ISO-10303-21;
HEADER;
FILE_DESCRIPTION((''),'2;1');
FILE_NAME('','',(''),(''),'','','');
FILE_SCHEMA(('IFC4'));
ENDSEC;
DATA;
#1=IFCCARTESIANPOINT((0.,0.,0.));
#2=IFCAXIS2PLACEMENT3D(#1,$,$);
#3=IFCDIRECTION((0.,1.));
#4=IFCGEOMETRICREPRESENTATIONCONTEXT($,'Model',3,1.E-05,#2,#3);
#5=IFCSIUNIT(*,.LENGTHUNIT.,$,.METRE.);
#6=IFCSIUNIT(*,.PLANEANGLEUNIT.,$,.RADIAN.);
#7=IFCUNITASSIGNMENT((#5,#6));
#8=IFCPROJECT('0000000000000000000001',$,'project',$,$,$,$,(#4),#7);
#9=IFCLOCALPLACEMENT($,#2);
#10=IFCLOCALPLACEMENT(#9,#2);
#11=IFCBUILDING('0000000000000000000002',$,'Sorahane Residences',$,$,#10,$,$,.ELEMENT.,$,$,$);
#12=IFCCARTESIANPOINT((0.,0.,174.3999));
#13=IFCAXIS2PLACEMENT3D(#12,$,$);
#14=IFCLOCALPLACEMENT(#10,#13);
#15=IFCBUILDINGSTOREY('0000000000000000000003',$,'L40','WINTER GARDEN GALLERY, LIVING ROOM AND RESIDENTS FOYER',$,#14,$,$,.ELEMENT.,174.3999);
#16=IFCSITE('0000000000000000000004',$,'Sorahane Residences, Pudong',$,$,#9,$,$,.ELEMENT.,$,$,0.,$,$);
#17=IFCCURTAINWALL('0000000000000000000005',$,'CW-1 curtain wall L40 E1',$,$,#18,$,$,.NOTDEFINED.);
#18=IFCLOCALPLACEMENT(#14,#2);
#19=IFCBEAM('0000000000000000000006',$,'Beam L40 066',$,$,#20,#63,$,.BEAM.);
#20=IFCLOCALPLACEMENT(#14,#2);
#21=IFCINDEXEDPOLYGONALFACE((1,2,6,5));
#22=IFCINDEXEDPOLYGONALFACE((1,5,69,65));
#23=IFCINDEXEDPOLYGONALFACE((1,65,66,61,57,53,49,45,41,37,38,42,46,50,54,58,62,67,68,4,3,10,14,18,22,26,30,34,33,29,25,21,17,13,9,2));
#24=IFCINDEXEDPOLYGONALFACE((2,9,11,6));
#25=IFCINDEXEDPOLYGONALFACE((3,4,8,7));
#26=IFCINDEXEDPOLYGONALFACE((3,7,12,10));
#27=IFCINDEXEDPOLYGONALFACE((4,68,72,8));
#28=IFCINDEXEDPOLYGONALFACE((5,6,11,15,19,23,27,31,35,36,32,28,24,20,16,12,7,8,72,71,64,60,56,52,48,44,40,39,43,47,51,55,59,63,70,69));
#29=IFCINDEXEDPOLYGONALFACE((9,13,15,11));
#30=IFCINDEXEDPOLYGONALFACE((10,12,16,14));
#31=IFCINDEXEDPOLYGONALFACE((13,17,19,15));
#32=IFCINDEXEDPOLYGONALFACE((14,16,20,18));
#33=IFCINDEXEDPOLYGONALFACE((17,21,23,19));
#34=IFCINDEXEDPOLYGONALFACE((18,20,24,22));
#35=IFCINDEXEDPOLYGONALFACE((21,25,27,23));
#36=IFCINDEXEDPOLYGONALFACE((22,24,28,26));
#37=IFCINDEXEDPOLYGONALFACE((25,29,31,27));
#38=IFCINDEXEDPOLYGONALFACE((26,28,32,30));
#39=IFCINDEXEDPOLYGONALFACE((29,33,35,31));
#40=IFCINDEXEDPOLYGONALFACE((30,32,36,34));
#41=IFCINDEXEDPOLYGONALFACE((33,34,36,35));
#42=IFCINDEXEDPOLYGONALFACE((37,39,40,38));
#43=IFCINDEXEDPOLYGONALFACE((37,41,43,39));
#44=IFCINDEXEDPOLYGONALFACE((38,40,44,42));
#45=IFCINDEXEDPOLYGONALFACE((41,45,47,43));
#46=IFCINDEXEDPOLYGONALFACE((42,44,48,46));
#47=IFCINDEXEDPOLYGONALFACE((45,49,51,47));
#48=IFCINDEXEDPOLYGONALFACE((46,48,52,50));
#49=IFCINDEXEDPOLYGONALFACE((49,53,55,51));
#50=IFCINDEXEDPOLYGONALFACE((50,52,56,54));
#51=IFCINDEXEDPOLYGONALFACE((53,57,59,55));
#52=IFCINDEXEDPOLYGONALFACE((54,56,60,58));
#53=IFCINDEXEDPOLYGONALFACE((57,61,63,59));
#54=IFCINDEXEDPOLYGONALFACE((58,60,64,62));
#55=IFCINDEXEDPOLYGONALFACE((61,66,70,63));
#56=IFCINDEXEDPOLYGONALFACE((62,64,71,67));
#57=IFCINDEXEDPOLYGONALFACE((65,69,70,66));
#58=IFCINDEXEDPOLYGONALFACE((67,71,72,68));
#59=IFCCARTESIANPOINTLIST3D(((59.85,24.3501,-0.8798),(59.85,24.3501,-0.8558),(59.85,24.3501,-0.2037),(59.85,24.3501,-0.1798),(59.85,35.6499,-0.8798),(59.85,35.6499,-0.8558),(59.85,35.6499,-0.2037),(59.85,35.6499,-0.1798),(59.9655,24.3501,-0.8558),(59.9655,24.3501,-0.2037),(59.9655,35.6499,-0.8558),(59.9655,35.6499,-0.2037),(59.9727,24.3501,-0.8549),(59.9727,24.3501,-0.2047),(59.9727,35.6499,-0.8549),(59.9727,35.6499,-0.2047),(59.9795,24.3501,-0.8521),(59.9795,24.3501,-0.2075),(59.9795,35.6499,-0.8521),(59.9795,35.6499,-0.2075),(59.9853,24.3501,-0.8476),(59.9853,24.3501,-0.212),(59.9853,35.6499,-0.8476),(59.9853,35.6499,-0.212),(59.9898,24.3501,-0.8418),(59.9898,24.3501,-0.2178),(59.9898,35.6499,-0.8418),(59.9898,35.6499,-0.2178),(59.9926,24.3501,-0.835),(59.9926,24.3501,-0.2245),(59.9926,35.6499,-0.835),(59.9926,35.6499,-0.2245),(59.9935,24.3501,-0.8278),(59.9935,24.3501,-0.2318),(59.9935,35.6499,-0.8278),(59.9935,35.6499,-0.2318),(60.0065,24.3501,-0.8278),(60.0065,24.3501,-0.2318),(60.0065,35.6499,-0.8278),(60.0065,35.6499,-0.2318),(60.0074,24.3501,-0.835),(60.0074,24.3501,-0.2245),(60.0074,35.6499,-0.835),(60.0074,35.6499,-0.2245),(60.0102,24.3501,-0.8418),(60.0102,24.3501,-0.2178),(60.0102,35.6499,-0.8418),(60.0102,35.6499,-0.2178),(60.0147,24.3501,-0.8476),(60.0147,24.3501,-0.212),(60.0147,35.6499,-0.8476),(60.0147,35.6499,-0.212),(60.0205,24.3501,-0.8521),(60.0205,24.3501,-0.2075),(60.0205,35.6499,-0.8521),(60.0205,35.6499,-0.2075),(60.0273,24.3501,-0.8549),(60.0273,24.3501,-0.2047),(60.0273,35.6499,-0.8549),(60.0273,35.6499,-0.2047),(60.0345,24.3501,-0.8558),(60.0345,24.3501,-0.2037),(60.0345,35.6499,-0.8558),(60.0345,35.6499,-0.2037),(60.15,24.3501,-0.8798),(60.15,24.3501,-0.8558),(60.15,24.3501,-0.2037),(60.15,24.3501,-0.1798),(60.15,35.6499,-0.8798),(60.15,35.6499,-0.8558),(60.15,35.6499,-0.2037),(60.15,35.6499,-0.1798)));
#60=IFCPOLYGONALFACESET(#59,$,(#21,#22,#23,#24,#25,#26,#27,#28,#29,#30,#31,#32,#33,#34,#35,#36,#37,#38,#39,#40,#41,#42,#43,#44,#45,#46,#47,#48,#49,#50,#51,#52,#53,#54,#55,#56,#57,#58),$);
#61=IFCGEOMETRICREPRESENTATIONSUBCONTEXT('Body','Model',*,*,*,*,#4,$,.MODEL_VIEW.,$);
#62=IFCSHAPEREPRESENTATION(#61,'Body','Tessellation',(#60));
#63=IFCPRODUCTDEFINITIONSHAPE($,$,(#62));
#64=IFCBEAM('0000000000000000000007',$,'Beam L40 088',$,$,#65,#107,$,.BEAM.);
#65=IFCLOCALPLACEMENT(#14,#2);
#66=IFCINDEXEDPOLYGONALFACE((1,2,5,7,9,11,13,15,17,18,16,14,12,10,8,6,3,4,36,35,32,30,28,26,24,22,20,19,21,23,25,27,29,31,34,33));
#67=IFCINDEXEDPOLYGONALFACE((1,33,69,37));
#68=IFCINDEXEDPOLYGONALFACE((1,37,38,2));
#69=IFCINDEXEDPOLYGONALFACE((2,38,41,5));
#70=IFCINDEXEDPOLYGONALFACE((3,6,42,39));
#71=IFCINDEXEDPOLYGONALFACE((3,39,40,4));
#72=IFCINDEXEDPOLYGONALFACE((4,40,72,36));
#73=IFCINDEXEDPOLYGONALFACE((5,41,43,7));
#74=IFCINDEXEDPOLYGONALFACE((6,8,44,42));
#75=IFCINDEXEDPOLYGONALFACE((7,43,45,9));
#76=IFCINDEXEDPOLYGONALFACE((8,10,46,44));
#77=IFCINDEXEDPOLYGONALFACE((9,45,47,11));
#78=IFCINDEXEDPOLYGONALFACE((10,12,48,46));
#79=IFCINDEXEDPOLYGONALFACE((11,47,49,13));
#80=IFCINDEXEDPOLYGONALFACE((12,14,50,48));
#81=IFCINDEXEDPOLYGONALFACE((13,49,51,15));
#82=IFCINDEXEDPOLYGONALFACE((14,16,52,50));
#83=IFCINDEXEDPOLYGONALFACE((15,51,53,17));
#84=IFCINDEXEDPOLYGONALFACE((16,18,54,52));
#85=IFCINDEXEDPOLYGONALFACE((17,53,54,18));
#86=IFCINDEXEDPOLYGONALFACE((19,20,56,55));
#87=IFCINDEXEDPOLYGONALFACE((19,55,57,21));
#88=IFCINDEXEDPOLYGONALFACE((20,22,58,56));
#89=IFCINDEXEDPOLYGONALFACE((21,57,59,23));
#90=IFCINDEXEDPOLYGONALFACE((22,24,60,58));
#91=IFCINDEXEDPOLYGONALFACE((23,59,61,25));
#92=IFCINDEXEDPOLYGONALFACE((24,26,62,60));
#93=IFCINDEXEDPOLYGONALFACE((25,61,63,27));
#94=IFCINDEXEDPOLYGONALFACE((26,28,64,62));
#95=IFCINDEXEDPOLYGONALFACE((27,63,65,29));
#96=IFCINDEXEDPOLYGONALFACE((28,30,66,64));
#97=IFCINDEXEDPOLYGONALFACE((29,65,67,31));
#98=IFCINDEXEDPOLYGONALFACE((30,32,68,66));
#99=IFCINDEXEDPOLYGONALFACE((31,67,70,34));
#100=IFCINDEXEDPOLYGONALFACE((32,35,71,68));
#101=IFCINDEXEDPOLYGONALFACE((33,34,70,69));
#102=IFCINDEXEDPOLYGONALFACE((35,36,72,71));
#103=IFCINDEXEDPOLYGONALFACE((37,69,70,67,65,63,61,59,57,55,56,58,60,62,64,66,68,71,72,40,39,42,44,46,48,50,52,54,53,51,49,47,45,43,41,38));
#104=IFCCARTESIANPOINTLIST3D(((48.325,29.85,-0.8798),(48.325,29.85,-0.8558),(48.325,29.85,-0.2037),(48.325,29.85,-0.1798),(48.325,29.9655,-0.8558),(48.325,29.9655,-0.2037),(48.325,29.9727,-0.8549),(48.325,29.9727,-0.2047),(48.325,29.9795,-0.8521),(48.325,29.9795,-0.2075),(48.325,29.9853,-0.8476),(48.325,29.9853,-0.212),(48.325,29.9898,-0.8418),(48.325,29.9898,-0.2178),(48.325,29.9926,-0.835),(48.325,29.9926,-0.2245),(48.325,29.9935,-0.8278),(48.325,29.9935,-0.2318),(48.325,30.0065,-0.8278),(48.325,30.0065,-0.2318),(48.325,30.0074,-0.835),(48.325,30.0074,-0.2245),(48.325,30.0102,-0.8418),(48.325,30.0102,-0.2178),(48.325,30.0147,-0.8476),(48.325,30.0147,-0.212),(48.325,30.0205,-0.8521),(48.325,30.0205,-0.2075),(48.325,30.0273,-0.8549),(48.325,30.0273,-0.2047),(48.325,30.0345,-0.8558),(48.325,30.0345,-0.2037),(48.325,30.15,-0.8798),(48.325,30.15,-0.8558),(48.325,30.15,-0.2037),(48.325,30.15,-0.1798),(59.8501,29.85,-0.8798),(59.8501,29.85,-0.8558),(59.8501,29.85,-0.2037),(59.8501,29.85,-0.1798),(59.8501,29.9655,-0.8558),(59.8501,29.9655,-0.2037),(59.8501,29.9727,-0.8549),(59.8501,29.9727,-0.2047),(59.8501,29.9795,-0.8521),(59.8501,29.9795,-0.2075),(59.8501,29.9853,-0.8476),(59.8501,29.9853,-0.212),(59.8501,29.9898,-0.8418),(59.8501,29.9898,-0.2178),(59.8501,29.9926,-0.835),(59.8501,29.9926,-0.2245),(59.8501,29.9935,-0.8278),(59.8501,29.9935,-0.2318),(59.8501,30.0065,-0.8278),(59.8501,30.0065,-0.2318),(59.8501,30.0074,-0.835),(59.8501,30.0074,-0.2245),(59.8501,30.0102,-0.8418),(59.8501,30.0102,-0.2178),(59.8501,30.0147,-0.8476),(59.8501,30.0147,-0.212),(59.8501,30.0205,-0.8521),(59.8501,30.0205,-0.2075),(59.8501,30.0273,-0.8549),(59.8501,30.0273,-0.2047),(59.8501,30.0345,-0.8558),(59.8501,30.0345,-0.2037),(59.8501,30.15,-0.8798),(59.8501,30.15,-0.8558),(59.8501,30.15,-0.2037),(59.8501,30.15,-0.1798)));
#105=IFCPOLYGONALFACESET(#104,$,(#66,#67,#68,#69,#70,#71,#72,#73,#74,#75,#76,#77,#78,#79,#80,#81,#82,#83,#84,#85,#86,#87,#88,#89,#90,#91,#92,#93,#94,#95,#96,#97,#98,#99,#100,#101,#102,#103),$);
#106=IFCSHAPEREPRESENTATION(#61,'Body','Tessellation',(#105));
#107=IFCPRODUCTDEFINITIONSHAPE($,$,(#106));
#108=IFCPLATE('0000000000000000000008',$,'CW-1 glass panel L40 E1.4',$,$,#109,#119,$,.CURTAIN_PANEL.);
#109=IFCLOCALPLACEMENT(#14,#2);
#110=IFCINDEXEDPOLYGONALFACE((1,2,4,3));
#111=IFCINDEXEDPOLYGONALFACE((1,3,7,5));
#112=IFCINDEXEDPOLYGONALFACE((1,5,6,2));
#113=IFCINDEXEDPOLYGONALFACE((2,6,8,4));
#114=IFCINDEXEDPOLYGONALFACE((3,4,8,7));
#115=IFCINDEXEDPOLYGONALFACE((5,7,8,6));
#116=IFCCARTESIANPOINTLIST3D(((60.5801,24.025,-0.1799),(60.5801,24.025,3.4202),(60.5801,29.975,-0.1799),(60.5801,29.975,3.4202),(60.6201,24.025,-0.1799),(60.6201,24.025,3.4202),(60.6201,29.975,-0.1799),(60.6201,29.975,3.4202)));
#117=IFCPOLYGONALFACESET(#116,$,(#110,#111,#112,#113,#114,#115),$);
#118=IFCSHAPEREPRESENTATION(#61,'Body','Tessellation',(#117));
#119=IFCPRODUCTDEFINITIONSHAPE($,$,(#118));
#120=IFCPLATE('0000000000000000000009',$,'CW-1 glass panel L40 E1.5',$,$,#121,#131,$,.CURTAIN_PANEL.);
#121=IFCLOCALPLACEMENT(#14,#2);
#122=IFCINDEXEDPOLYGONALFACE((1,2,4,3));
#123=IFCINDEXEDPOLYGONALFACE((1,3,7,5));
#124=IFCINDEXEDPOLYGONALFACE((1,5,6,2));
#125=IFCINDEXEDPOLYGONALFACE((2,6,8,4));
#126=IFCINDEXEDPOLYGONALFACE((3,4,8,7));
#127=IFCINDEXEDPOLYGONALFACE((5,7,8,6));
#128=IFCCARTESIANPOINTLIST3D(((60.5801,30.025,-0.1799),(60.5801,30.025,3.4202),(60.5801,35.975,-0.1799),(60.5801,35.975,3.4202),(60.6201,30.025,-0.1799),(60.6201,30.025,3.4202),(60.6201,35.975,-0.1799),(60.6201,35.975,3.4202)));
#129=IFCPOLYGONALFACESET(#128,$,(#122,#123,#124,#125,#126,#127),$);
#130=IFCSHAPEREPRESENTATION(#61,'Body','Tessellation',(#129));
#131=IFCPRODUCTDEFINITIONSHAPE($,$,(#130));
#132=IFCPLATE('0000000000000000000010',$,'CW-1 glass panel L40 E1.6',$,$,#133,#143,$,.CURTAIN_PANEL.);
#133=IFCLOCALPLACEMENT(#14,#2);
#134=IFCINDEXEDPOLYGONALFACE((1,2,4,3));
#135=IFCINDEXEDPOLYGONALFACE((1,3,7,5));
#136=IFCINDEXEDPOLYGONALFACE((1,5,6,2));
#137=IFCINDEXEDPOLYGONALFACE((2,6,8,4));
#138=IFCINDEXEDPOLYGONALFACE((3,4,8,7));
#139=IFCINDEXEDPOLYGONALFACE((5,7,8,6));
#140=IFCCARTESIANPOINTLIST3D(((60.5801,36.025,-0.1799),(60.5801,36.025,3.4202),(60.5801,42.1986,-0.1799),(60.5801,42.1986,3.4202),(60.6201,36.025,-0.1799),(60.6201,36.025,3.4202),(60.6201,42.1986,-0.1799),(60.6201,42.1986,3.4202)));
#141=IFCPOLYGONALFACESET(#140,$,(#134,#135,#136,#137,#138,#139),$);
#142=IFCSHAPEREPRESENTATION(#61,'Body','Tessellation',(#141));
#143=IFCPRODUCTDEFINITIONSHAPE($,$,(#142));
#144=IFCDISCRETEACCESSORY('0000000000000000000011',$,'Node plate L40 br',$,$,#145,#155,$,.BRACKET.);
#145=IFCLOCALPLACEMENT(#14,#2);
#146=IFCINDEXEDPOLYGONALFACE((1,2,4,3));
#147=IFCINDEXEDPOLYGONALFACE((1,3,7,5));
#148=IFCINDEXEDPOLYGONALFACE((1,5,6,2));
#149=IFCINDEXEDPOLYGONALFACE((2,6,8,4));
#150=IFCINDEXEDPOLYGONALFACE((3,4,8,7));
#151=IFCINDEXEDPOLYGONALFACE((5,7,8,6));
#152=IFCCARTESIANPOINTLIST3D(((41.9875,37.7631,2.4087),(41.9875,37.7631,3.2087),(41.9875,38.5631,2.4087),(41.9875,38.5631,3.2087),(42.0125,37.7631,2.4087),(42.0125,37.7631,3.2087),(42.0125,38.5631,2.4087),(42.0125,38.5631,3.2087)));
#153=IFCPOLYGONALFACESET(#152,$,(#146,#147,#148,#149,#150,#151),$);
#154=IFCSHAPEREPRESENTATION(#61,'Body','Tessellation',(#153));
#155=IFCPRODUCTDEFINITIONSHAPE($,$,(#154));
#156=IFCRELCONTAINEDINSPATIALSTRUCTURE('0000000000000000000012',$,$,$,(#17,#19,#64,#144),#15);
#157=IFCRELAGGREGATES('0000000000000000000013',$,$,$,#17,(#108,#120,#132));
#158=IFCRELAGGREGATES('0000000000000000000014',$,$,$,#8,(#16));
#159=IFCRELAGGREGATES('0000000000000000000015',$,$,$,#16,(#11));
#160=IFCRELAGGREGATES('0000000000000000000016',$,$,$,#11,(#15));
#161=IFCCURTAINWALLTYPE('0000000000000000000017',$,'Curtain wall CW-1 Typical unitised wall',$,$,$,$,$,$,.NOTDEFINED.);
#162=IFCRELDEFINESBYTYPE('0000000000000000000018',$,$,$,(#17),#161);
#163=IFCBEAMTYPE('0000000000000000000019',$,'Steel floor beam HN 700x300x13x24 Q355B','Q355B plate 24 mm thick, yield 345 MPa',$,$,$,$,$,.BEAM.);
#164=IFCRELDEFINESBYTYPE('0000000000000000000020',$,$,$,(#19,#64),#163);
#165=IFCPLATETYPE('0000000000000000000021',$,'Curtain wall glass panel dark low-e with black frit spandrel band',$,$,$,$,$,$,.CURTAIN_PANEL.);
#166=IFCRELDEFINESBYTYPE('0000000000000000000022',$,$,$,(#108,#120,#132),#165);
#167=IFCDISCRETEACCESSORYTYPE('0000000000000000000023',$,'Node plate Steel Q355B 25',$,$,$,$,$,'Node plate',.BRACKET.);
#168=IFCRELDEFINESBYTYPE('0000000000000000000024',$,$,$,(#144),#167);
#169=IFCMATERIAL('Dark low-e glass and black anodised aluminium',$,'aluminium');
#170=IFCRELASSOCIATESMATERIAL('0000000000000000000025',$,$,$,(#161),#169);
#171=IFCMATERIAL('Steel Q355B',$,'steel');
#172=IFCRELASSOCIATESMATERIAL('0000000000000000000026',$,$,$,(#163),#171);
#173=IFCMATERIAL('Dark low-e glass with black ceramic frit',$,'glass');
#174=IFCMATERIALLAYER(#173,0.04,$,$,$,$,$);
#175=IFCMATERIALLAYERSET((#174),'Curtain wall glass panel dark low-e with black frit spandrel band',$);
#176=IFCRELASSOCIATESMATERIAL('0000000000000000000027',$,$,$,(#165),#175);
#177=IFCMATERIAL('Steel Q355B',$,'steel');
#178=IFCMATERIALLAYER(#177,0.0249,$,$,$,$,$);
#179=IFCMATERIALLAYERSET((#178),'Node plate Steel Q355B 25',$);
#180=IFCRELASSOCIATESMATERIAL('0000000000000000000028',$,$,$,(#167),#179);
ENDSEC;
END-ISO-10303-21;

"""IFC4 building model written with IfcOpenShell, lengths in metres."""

from ifc_helpers import new_model, si_unit, direction, frame, origin, origin_2d, place, context, subcontext, project, spatial, rectangle, i_section, extrude, material, layer, layer_set, material_profile, profile_set, type_object, element, aggregate, save


model = new_model("IFC4")

# Units and contexts
model_context = context("Model", 3, precision=1e-05, world=origin(), true_north=direction((0.0, 1.0)))
body_context = subcontext(model_context, "Body", "Model", "MODEL_VIEW")
ifc_project = project(units=[si_unit("LENGTHUNIT", "METRE"), si_unit("PLANEANGLEUNIT", "RADIAN")], contexts=[model_context])

# Site, building, storey
site_placement = place(None, origin())
site = spatial("IfcSite", under=ifc_project, at=site_placement, Name="Sorahane Residences, Pudong", CompositionType="ELEMENT", RefElevation=0.0)
building_placement = place(site_placement, origin())
building = spatial("IfcBuilding", under=site, at=building_placement, Name="Sorahane Residences", CompositionType="ELEMENT")
storey_placement = place(building_placement, frame((0.0, 0.0, 174.3999)))
storey = spatial("IfcBuildingStorey", under=building, at=storey_placement, Name="L40", Description="WINTER GARDEN GALLERY, LIVING ROOM AND RESIDENTS FOYER", CompositionType="ELEMENT", Elevation=174.3999)

# Curtain wall
ifc_material_1 = material(Name="Dark low-e glass and black anodised aluminium", Category="aluminium")
curtain_wall_type = type_object("IfcCurtainWallType", Name="Curtain wall CW-1 Typical unitised wall", PredefinedType="NOTDEFINED", material=ifc_material_1)
curtain_wall_placement = place(storey_placement, origin())
curtain_wall = element("IfcCurtainWall", 1, at=curtain_wall_placement, inside=storey, type_object=curtain_wall_type, Name="CW-1 curtain wall L40 E1", PredefinedType="NOTDEFINED")

# Beams
ifc_material_2 = material(Name="Steel Q355B", Category="steel")
ifc_material_profile_1 = material_profile(ifc_material_2, i_section(OverallWidth=0.3, OverallDepth=0.7, WebThickness=0.0129, FlangeThickness=0.0239, FilletRadius=0.0281, at=origin_2d()), Name="HN 700x300x13x24")
ifc_profile_set_1 = profile_set([ifc_material_profile_1], Name="Steel Q355B")
beam_type_1 = type_object("IfcBeamType", Name="Steel floor beam HN 700x300x13x24 Q355B", Description="Q355B plate 24 mm thick, yield 345 MPa", PredefinedType="BEAM", material=ifc_profile_set_1)
beam_1_placement = place(storey_placement, frame((60.0, 24.3501, -0.5298), z_axis=(0.0, 1.0, 0.0), x_axis=(-1.0, 0.0, 0.0)))
element("IfcBeam", 2, at=beam_1_placement, inside=storey, type_object=beam_type_1, Name="Beam L40 066", PredefinedType="BEAM", context=body_context, shape_type="SweptSolid", body=[
    extrude(i_section(OverallWidth=0.3, OverallDepth=0.7, WebThickness=0.0129, FlangeThickness=0.0239, FilletRadius=0.0281, at=origin_2d()), origin(), (0.0, 0.0, 1.0), 11.2998),
])
beam_2_placement = place(storey_placement, frame((48.325, 30.0, -0.5298), z_axis=(1.0, 0.0, 0.0), x_axis=(0.0, 1.0, 0.0)))
element("IfcBeam", 3, at=beam_2_placement, inside=storey, type_object=beam_type_1, Name="Beam L40 088", PredefinedType="BEAM", context=body_context, shape_type="SweptSolid", body=[
    extrude(i_section(OverallWidth=0.3, OverallDepth=0.7, WebThickness=0.0129, FlangeThickness=0.0239, FilletRadius=0.0281, at=origin_2d()), origin(), (0.0, 0.0, 1.0), 11.5251),
])

# Plates
ifc_material_3 = material(Name="Dark low-e glass with black ceramic frit", Category="glass")
ifc_layer_1 = layer(ifc_material_3, 0.04)
ifc_layer_set_1 = layer_set([ifc_layer_1], Name="Curtain wall glass panel dark low-e with black frit spandrel band")
plate_type = type_object("IfcPlateType", Name="Curtain wall glass panel dark low-e with black frit spandrel band", PredefinedType="CURTAIN_PANEL", material=ifc_layer_set_1)
plate_1_placement = place(storey_placement, frame((60.6001, 27.0, -0.1799), z_axis=(0.0, 0.0, 1.0), x_axis=(0.0, 1.0, 0.0)))
plate_1 = element("IfcPlate", 4, at=plate_1_placement, type_object=plate_type, Name="CW-1 glass panel L40 E1.4", PredefinedType="CURTAIN_PANEL", context=body_context, shape_type="SweptSolid", body=[
    extrude(rectangle(XDim=5.95, YDim=0.04, at=origin_2d()), origin(), (0.0, 0.0, 1.0), 3.6001),
])
plate_2_placement = place(storey_placement, frame((60.6001, 33.0, -0.1799), z_axis=(0.0, 0.0, 1.0), x_axis=(0.0, 1.0, 0.0)))
plate_2 = element("IfcPlate", 5, at=plate_2_placement, type_object=plate_type, Name="CW-1 glass panel L40 E1.5", PredefinedType="CURTAIN_PANEL", context=body_context, shape_type="SweptSolid", body=[
    extrude(rectangle(XDim=5.95, YDim=0.04, at=origin_2d()), origin(), (0.0, 0.0, 1.0), 3.6001),
])
plate_3_placement = place(storey_placement, frame((60.6001, 39.1118, -0.1799), z_axis=(0.0, 0.0, 1.0), x_axis=(0.0, 1.0, 0.0)))
plate_3 = element("IfcPlate", 6, at=plate_3_placement, type_object=plate_type, Name="CW-1 glass panel L40 E1.6", PredefinedType="CURTAIN_PANEL", context=body_context, shape_type="SweptSolid", body=[
    extrude(rectangle(XDim=6.1736, YDim=0.04, at=origin_2d()), origin(), (0.0, 0.0, 1.0), 3.6001),
])
aggregate(curtain_wall, [plate_1, plate_2, plate_3])

# Discrete accessory
ifc_material_4 = material(Name="Steel Q355B", Category="steel")
ifc_layer_2 = layer(ifc_material_4, 0.0249)
ifc_layer_set_2 = layer_set([ifc_layer_2], Name="Node plate Steel Q355B 25")
discrete_accessory_type = type_object("IfcDiscreteAccessoryType", Name="Node plate Steel Q355B 25", ElementType="Node plate", PredefinedType="BRACKET", material=ifc_layer_set_2)
discrete_accessory_placement = place(storey_placement, frame((42.0, 38.1631, 2.4087), z_axis=(0.0, 0.0, 1.0), x_axis=(0.0, 1.0, 0.0)))
element("IfcDiscreteAccessory", 7, at=discrete_accessory_placement, inside=storey, type_object=discrete_accessory_type, Name="Node plate L40 br", PredefinedType="BRACKET", context=body_context, shape_type="SweptSolid", body=[
    extrude(rectangle(XDim=0.8, YDim=0.0249, at=origin_2d()), origin(), (0.0, 0.0, 1.0), 0.8),
])

save(model, "model.ifc")
